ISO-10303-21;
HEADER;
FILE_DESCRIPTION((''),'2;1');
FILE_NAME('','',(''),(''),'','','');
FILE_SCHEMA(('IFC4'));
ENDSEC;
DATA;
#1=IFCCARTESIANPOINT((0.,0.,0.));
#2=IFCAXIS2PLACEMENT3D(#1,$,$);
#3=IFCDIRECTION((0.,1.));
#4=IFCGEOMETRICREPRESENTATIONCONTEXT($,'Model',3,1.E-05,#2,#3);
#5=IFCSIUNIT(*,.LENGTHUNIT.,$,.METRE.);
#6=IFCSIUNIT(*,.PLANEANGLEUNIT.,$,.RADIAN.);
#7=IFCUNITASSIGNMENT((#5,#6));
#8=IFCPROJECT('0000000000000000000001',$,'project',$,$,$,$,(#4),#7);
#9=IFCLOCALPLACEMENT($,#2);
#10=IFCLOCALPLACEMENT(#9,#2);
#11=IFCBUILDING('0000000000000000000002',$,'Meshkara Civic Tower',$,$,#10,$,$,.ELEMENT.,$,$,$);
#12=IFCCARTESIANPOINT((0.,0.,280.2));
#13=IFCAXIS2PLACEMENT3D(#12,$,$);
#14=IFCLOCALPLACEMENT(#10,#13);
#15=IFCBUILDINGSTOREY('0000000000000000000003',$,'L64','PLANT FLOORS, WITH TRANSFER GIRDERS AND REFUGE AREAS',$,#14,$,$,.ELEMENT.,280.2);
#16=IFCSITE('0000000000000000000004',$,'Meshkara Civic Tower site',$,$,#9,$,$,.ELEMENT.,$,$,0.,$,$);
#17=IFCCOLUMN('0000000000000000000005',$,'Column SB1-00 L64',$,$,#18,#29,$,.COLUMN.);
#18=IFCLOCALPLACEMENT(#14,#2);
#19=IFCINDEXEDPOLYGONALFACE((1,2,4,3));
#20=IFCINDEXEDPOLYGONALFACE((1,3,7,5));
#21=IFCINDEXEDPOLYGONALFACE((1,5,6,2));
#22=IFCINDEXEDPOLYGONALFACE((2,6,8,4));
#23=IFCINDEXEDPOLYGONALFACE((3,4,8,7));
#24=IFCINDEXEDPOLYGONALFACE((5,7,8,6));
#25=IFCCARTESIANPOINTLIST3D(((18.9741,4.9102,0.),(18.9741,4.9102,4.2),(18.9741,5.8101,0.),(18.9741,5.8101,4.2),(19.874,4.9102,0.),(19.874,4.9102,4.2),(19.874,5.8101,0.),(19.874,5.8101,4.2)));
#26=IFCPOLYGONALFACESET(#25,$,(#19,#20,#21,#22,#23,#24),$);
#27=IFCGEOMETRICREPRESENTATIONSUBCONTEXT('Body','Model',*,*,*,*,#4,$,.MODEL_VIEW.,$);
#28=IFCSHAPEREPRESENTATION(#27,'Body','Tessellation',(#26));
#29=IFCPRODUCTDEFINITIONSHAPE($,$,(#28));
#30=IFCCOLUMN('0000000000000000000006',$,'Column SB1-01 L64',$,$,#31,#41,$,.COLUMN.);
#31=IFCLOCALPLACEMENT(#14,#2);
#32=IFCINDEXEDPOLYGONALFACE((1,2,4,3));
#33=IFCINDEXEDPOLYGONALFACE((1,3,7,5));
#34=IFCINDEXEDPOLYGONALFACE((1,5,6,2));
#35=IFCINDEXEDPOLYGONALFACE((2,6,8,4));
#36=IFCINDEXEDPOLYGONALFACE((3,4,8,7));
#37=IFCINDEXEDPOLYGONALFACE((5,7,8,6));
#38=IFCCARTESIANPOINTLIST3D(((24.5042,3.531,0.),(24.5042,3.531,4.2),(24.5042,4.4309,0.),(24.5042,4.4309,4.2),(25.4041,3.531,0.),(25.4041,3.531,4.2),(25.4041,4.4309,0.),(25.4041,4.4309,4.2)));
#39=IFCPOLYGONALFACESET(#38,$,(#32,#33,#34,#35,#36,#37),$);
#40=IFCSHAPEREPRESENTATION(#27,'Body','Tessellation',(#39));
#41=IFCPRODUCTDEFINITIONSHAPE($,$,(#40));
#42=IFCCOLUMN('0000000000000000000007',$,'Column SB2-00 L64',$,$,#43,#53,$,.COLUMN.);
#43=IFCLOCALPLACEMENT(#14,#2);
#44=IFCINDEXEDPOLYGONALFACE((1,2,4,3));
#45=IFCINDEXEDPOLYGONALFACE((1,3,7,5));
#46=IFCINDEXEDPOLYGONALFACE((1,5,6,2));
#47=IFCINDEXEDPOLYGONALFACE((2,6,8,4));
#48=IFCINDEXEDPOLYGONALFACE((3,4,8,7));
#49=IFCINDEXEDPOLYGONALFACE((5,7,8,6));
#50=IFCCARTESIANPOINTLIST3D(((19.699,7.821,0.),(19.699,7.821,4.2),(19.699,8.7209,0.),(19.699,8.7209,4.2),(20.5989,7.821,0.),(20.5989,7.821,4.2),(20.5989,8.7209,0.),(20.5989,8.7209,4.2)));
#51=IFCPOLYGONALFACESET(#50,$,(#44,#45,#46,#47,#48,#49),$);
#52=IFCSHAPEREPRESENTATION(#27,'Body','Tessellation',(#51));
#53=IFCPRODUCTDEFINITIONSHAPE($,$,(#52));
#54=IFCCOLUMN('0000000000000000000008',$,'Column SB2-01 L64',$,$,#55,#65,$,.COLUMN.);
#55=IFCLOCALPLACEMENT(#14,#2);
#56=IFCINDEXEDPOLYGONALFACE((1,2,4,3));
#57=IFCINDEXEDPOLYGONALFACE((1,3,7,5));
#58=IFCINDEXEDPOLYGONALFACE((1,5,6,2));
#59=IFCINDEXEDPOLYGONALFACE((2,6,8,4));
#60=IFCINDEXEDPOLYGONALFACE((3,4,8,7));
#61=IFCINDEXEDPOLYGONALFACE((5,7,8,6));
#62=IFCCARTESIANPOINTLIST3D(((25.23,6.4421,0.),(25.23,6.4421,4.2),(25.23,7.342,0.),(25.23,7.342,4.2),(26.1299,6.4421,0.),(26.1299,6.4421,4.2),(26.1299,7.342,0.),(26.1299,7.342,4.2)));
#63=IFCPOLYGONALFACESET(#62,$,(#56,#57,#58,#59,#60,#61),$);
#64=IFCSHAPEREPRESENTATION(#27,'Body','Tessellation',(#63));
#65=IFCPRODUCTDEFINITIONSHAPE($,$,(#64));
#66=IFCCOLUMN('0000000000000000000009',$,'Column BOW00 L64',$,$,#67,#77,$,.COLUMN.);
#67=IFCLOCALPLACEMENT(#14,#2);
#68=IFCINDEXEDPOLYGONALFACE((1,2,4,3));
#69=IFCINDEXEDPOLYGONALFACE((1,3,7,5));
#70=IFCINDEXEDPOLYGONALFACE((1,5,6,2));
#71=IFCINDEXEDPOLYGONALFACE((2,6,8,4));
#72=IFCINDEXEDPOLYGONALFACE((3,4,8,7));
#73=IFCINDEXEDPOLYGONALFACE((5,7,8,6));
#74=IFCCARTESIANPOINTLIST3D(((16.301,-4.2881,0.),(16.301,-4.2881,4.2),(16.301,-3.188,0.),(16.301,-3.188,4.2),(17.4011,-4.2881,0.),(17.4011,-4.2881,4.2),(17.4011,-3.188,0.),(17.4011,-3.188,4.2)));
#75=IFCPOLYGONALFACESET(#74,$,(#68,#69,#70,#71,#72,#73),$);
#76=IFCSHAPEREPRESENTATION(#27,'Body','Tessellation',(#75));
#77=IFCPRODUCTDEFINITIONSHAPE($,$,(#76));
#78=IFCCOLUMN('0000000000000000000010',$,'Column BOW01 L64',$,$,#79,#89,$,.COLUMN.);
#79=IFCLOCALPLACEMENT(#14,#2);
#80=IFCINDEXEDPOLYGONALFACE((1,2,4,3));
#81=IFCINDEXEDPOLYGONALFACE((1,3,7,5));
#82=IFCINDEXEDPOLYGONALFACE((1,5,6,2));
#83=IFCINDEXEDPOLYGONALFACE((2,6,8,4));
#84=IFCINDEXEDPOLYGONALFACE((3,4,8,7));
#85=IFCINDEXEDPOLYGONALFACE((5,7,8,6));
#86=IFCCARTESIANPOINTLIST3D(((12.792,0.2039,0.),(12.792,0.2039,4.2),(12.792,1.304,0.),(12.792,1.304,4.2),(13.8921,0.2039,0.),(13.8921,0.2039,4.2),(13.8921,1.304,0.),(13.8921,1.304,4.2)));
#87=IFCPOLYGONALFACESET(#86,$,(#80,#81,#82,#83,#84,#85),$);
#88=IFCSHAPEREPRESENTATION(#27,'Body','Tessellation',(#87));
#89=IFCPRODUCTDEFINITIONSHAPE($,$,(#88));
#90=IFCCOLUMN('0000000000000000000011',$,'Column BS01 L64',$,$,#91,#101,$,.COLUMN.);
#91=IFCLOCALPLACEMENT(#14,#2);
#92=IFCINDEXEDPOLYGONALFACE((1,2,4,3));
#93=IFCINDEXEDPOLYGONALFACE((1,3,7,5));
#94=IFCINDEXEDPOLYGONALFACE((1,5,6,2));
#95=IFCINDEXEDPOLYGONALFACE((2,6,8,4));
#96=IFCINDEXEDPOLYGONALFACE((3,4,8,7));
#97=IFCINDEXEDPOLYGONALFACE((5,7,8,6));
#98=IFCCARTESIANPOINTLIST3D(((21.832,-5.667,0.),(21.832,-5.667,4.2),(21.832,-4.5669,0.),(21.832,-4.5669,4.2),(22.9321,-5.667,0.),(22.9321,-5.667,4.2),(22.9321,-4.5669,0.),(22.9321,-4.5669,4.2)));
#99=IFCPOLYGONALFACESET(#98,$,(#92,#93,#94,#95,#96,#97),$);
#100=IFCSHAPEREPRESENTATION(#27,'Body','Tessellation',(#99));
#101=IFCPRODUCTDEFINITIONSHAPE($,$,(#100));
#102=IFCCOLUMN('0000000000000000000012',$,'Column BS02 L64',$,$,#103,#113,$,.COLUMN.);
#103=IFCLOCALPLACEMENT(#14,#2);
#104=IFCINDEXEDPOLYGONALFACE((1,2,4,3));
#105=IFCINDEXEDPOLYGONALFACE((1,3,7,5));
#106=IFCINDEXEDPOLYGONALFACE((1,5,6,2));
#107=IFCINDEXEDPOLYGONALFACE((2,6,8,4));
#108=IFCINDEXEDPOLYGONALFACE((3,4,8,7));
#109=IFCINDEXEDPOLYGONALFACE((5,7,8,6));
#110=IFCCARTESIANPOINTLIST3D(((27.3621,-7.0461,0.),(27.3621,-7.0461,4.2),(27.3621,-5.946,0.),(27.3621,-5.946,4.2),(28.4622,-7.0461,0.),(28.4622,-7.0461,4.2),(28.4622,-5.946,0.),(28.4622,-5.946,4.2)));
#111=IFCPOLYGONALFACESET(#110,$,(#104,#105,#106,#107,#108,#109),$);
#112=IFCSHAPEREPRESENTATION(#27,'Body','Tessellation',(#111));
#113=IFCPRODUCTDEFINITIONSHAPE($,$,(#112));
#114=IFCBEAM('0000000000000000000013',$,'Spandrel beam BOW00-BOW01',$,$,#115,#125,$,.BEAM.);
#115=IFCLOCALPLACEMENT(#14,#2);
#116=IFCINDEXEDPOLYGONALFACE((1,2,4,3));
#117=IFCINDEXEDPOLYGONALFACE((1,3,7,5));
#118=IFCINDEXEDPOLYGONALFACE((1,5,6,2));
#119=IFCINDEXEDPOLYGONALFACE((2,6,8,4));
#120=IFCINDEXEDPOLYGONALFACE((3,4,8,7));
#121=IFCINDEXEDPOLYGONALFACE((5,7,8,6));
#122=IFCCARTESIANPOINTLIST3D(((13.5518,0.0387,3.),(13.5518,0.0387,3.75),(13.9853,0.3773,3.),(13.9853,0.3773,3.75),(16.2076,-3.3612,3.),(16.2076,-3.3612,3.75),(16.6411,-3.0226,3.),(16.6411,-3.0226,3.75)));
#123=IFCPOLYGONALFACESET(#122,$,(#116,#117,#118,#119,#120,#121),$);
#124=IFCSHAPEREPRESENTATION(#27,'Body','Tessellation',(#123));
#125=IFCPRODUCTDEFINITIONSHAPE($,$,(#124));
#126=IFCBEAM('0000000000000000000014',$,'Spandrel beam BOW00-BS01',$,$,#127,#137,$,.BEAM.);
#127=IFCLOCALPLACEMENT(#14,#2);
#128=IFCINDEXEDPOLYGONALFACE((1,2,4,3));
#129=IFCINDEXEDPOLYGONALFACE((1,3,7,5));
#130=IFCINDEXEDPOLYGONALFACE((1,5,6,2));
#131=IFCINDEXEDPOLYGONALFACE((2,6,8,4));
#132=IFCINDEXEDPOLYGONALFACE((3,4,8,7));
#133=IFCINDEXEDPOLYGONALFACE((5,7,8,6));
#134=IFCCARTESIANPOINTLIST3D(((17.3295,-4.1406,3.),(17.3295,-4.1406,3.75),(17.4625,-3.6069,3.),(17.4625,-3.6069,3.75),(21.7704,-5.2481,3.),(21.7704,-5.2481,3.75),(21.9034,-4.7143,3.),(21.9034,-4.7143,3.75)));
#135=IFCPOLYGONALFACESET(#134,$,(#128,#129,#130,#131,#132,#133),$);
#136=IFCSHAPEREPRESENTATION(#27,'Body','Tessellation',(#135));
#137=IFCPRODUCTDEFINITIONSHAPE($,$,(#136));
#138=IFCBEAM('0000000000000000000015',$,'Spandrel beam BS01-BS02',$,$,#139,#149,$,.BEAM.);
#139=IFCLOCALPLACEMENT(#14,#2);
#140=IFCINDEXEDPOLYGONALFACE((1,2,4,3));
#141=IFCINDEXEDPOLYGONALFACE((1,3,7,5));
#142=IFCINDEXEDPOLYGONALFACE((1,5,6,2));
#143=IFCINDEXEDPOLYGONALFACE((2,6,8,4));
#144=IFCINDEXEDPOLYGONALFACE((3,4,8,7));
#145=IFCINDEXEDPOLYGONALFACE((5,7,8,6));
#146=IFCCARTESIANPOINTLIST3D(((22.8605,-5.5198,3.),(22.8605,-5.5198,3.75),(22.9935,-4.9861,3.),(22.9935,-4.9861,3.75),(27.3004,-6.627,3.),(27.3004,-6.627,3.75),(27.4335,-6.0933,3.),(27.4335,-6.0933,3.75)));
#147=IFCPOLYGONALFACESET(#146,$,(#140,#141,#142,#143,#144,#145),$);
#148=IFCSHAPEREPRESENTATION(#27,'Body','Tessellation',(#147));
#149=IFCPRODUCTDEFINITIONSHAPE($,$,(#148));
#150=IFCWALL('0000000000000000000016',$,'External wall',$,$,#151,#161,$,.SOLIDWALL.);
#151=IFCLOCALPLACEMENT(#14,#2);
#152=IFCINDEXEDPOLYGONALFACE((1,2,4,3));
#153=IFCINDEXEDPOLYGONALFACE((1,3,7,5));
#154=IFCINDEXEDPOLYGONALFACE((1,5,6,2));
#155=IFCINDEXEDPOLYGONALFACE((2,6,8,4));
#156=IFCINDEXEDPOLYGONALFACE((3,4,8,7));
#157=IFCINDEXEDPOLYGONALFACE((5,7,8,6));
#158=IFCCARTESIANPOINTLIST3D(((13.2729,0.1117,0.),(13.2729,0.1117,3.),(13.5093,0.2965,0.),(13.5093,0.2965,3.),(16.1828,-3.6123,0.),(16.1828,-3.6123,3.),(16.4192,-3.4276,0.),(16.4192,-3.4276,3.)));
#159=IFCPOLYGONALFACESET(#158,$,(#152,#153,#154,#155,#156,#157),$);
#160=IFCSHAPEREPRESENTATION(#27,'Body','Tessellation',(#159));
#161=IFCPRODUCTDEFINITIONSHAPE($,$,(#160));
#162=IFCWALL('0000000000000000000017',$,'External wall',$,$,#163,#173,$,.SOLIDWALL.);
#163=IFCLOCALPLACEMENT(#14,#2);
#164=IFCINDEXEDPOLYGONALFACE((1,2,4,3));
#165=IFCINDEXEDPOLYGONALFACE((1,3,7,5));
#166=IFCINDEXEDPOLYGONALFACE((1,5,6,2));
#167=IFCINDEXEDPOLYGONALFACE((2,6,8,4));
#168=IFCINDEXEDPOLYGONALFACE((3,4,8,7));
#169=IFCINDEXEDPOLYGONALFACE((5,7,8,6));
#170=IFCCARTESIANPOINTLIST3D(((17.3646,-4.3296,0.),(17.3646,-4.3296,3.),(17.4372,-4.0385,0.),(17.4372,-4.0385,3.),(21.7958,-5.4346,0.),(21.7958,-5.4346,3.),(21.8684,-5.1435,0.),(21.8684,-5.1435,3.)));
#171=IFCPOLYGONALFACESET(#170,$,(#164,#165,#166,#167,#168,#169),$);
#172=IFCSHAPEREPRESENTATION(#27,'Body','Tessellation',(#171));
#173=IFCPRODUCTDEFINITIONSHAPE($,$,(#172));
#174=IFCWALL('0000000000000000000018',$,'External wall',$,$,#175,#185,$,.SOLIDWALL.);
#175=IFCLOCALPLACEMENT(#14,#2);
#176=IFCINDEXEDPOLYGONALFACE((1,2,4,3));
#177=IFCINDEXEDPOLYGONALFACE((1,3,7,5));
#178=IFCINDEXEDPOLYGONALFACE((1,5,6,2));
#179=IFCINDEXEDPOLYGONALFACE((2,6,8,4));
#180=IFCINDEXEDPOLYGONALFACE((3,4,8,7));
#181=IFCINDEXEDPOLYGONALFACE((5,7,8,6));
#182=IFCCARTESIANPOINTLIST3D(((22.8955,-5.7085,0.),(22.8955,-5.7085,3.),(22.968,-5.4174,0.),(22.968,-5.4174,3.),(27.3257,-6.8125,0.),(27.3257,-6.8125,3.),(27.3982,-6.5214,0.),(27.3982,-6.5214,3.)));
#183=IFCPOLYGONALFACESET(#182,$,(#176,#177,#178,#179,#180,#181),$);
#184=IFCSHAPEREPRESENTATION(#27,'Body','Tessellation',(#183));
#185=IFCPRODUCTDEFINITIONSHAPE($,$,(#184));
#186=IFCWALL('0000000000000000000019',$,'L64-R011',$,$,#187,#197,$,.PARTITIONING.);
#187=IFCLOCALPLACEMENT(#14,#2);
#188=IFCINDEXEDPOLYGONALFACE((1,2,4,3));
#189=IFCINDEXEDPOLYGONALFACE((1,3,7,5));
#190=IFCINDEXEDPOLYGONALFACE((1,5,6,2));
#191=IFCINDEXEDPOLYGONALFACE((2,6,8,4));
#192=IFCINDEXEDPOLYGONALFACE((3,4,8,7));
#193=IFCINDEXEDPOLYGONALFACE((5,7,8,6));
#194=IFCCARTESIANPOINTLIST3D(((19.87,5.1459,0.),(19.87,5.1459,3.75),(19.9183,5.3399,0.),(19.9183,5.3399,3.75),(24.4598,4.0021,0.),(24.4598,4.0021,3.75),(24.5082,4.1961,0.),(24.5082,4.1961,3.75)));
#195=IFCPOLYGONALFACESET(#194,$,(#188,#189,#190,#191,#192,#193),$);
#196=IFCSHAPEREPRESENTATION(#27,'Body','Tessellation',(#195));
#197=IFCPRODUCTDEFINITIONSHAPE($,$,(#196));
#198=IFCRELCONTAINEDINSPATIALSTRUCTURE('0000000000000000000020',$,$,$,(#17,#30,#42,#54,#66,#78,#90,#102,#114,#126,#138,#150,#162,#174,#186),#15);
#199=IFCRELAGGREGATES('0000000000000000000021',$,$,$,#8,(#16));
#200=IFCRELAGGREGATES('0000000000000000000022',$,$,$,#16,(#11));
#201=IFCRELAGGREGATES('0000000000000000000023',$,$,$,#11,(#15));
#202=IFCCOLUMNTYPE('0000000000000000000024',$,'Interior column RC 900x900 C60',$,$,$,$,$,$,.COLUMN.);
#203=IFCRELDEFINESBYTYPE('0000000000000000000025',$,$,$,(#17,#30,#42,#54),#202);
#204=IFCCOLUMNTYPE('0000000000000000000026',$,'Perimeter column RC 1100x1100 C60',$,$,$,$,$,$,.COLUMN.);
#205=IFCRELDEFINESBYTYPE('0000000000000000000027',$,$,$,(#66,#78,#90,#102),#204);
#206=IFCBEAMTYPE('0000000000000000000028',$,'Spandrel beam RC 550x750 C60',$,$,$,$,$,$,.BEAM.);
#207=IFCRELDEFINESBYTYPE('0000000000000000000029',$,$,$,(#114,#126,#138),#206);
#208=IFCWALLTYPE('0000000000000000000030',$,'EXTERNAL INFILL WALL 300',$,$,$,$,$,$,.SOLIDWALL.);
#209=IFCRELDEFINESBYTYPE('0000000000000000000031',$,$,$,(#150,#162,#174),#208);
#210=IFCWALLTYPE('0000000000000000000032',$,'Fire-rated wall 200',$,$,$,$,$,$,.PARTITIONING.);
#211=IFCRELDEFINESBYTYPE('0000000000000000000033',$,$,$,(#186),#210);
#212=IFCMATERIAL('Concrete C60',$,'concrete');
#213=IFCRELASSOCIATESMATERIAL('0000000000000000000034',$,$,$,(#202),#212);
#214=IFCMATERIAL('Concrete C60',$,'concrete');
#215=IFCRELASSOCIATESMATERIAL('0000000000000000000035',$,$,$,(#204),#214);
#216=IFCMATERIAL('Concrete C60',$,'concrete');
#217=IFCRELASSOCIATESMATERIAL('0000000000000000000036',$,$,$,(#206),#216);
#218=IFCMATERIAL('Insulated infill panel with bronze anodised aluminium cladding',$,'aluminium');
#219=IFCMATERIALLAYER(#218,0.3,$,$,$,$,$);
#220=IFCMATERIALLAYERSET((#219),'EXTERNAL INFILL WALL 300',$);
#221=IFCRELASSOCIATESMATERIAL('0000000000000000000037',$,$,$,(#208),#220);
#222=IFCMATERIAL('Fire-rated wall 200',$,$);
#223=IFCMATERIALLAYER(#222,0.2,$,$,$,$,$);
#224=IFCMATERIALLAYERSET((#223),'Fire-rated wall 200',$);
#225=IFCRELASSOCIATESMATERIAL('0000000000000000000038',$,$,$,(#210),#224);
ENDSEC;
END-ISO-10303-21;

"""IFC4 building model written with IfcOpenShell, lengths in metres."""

from ifc_helpers import new_model, si_unit, direction, frame, frame_2d, origin, origin_2d, place, context, subcontext, project, spatial, rectangle, extrude, material, layer, layer_set, material_profile, profile_set, type_object, element, save


model = new_model("IFC4")

# Units and contexts
model_context = context("Model", 3, precision=1e-05, world=origin(), true_north=direction((0.0, 1.0)))
body_context = subcontext(model_context, "Body", "Model", "MODEL_VIEW")
ifc_project = project(units=[si_unit("LENGTHUNIT", "METRE"), si_unit("PLANEANGLEUNIT", "RADIAN")], contexts=[model_context])

# Site, building, storey
site_placement = place(None, origin())
site = spatial("IfcSite", under=ifc_project, at=site_placement, Name="Meshkara Civic Tower site", CompositionType="ELEMENT", RefElevation=0.0)
building_placement = place(site_placement, origin())
building = spatial("IfcBuilding", under=site, at=building_placement, Name="Meshkara Civic Tower", CompositionType="ELEMENT")
storey_placement = place(building_placement, frame((0.0, 0.0, 280.2)))
storey = spatial("IfcBuildingStorey", under=building, at=storey_placement, Name="L64", Description="PLANT FLOORS, WITH TRANSFER GIRDERS AND REFUGE AREAS", CompositionType="ELEMENT", Elevation=280.2)

# Columns
ifc_material_1 = material(Name="Concrete C60", Category="concrete")
ifc_material_profile_1 = material_profile(ifc_material_1, rectangle(XDim=0.8999, YDim=0.8999, at=origin_2d()))
ifc_profile_set_1 = profile_set([ifc_material_profile_1], Name="Concrete C60")
column_type_1 = type_object("IfcColumnType", Name="Interior column RC 900x900 C60", PredefinedType="COLUMN", material=ifc_profile_set_1)
for number, where, z_axis, x_axis, name in (
    (1, (19.4241, 5.3601, 0.0), (0.0, 0.0, 1.0), (1.0, 0.0, 0.0), "Column SB1-00 L64"),
    (2, (24.9541, 3.981, 0.0), (0.0, 0.0, 1.0), (1.0, 0.0, 0.0), "Column SB1-01 L64"),
    (3, (20.1489, 8.271, 0.0), (0.0, 0.0, 1.0), (1.0, 0.0, 0.0), "Column SB2-00 L64"),
    (4, (25.6799, 6.8921, 0.0), (0.0, 0.0, 1.0), (1.0, 0.0, 0.0), "Column SB2-01 L64"),
):
    element("IfcColumn", number, at=place(storey_placement, frame(where, z_axis=z_axis, x_axis=x_axis)), inside=storey, type_object=column_type_1, Name=name, PredefinedType="COLUMN", context=body_context, shape_type="SweptSolid", body=[
        extrude(rectangle(XDim=0.8999, YDim=0.8999, at=origin_2d()), origin(), (0.0, 0.0, 1.0), 4.2),
    ])
ifc_material_2 = material(Name="Concrete C60", Category="concrete")
ifc_material_profile_2 = material_profile(ifc_material_2, rectangle(XDim=1.1001, YDim=1.1001, at=origin_2d()))
ifc_profile_set_2 = profile_set([ifc_material_profile_2], Name="Concrete C60")
column_type_2 = type_object("IfcColumnType", Name="Perimeter column RC 1100x1100 C60", PredefinedType="COLUMN", material=ifc_profile_set_2)
for number, where, z_axis, x_axis, name in (
    (5, (16.8511, -3.738, 0.0), (0.0, 0.0, 1.0), (1.0, 0.0, 0.0), "Column BOW00 L64"),
    (6, (13.342, 0.7539, 0.0), (0.0, 0.0, 1.0), (1.0, 0.0, 0.0), "Column BOW01 L64"),
    (7, (22.3821, -5.1169, 0.0), (0.0, 0.0, 1.0), (1.0, 0.0, 0.0), "Column BS01 L64"),
    (8, (27.9121, -6.4961, 0.0), (0.0, 0.0, 1.0), (1.0, 0.0, 0.0), "Column BS02 L64"),
):
    element("IfcColumn", number, at=place(storey_placement, frame(where, z_axis=z_axis, x_axis=x_axis)), inside=storey, type_object=column_type_2, Name=name, PredefinedType="COLUMN", context=body_context, shape_type="SweptSolid", body=[
        extrude(rectangle(XDim=1.1001, YDim=1.1001, at=origin_2d()), origin(), (0.0, 0.0, 1.0), 4.2),
    ])

# Beams
ifc_material_3 = material(Name="Concrete C60", Category="concrete")
ifc_material_profile_3 = material_profile(ifc_material_3, rectangle(XDim=0.55, YDim=0.75, at=origin_2d()))
ifc_profile_set_3 = profile_set([ifc_material_profile_3], Name="Concrete C60")
beam_type = type_object("IfcBeamType", Name="Spandrel beam RC 550x750 C60", PredefinedType="BEAM", material=ifc_profile_set_3)
beam_1_placement = place(storey_placement, frame((13.7686, 0.208, 3.375), z_axis=(0.615585, -0.788071, 0.0), x_axis=(0.788071, 0.615585, 0.0)))
element("IfcBeam", 9, at=beam_1_placement, inside=storey, type_object=beam_type, Name="Spandrel beam BOW00-BOW01", PredefinedType="BEAM", context=body_context, shape_type="SweptSolid", body=[
    extrude(rectangle(XDim=0.55, YDim=0.75, at=origin_2d()), origin(), (0.0, 0.0, 1.0), 4.3142),
])
beam_2_placement = place(storey_placement, frame((17.396, -3.8738, 3.375), z_axis=(0.970287, -0.241958, 0.0), x_axis=(0.241958, 0.970287, 0.0)))
element("IfcBeam", 10, at=beam_2_placement, inside=storey, type_object=beam_type, Name="Spandrel beam BOW00-BS01", PredefinedType="BEAM", context=body_context, shape_type="SweptSolid", body=[
    extrude(rectangle(XDim=0.55, YDim=0.75, at=origin_2d()), origin(), (0.0, 0.0, 1.0), 4.5769),
])
beam_3_placement = place(storey_placement, frame((22.927, -5.2529, 3.375), z_axis=(0.970287, -0.241958, 0.0), x_axis=(0.241958, 0.970287, 0.0)))
element("IfcBeam", 11, at=beam_3_placement, inside=storey, type_object=beam_type, Name="Spandrel beam BS01-BS02", PredefinedType="BEAM", context=body_context, shape_type="SweptSolid", body=[
    extrude(rectangle(XDim=0.55, YDim=0.75, at=origin_2d()), origin(), (0.0, 0.0, 1.0), 4.5759),
])

# Walls
ifc_material_4 = material(Name="Insulated infill panel with bronze anodised aluminium cladding", Category="aluminium")
ifc_layer_1 = layer(ifc_material_4, 0.3)
ifc_layer_set_1 = layer_set([ifc_layer_1], Name="EXTERNAL INFILL WALL 300")
wall_type_1 = type_object("IfcWallType", Name="EXTERNAL INFILL WALL 300", PredefinedType="SOLIDWALL", material=ifc_layer_set_1)
wall_1_placement = place(storey_placement, frame((13.3911, 0.2041, 0.0), z_axis=(0.0, 0.0, 1.0), x_axis=(0.615702, -0.787979, 0.0)))
element("IfcWall", 12, at=wall_1_placement, inside=storey, type_object=wall_type_1, Name="External wall", PredefinedType="SOLIDWALL", context=body_context, shape_type="SweptSolid", body=[
    extrude(rectangle(XDim=4.7261, YDim=0.3, at=frame_2d((2.363, 0.0))), origin(), (0.0, 0.0, 1.0), 3.0),
])
wall_2_placement = place(storey_placement, frame((17.4009, -4.1841, 0.0), z_axis=(0.0, 0.0, 1.0), x_axis=(0.970287, -0.241957, 0.0)))
element("IfcWall", 13, at=wall_2_placement, inside=storey, type_object=wall_type_1, Name="External wall", PredefinedType="SOLIDWALL", context=body_context, shape_type="SweptSolid", body=[
    extrude(rectangle(XDim=4.5669, YDim=0.3, at=frame_2d((2.2834, 0.0))), origin(), (0.0, 0.0, 1.0), 3.0),
])
wall_3_placement = place(storey_placement, frame((22.9319, -5.563, 0.0), z_axis=(0.0, 0.0, 1.0), x_axis=(0.970325, -0.241806, 0.0)))
element("IfcWall", 14, at=wall_3_placement, inside=storey, type_object=wall_type_1, Name="External wall", PredefinedType="SOLIDWALL", context=body_context, shape_type="SweptSolid", body=[
    extrude(rectangle(XDim=4.5657, YDim=0.3, at=frame_2d((2.2827, 0.0))), origin(), (0.0, 0.0, 1.0), 3.0),
])
ifc_material_5 = material(Name="Fire-rated wall 200")
ifc_layer_2 = layer(ifc_material_5, 0.2)
ifc_layer_set_2 = layer_set([ifc_layer_2], Name="Fire-rated wall 200")
wall_type_2 = type_object("IfcWallType", Name="Fire-rated wall 200", PredefinedType="PARTITIONING", material=ifc_layer_set_2)
wall_4_placement = place(storey_placement, frame((19.894, 5.2429, 0.0), z_axis=(0.0, 0.0, 1.0), x_axis=(0.970324, -0.241807, 0.0)))
element("IfcWall", 15, at=wall_4_placement, inside=storey, type_object=wall_type_2, Name="L64-R011", PredefinedType="PARTITIONING", context=body_context, shape_type="SweptSolid", body=[
    extrude(rectangle(XDim=4.7302, YDim=0.2, at=frame_2d((2.3652, 0.0))), origin(), (0.0, 0.0, 1.0), 3.75),
])

save(model, "model.ifc")
